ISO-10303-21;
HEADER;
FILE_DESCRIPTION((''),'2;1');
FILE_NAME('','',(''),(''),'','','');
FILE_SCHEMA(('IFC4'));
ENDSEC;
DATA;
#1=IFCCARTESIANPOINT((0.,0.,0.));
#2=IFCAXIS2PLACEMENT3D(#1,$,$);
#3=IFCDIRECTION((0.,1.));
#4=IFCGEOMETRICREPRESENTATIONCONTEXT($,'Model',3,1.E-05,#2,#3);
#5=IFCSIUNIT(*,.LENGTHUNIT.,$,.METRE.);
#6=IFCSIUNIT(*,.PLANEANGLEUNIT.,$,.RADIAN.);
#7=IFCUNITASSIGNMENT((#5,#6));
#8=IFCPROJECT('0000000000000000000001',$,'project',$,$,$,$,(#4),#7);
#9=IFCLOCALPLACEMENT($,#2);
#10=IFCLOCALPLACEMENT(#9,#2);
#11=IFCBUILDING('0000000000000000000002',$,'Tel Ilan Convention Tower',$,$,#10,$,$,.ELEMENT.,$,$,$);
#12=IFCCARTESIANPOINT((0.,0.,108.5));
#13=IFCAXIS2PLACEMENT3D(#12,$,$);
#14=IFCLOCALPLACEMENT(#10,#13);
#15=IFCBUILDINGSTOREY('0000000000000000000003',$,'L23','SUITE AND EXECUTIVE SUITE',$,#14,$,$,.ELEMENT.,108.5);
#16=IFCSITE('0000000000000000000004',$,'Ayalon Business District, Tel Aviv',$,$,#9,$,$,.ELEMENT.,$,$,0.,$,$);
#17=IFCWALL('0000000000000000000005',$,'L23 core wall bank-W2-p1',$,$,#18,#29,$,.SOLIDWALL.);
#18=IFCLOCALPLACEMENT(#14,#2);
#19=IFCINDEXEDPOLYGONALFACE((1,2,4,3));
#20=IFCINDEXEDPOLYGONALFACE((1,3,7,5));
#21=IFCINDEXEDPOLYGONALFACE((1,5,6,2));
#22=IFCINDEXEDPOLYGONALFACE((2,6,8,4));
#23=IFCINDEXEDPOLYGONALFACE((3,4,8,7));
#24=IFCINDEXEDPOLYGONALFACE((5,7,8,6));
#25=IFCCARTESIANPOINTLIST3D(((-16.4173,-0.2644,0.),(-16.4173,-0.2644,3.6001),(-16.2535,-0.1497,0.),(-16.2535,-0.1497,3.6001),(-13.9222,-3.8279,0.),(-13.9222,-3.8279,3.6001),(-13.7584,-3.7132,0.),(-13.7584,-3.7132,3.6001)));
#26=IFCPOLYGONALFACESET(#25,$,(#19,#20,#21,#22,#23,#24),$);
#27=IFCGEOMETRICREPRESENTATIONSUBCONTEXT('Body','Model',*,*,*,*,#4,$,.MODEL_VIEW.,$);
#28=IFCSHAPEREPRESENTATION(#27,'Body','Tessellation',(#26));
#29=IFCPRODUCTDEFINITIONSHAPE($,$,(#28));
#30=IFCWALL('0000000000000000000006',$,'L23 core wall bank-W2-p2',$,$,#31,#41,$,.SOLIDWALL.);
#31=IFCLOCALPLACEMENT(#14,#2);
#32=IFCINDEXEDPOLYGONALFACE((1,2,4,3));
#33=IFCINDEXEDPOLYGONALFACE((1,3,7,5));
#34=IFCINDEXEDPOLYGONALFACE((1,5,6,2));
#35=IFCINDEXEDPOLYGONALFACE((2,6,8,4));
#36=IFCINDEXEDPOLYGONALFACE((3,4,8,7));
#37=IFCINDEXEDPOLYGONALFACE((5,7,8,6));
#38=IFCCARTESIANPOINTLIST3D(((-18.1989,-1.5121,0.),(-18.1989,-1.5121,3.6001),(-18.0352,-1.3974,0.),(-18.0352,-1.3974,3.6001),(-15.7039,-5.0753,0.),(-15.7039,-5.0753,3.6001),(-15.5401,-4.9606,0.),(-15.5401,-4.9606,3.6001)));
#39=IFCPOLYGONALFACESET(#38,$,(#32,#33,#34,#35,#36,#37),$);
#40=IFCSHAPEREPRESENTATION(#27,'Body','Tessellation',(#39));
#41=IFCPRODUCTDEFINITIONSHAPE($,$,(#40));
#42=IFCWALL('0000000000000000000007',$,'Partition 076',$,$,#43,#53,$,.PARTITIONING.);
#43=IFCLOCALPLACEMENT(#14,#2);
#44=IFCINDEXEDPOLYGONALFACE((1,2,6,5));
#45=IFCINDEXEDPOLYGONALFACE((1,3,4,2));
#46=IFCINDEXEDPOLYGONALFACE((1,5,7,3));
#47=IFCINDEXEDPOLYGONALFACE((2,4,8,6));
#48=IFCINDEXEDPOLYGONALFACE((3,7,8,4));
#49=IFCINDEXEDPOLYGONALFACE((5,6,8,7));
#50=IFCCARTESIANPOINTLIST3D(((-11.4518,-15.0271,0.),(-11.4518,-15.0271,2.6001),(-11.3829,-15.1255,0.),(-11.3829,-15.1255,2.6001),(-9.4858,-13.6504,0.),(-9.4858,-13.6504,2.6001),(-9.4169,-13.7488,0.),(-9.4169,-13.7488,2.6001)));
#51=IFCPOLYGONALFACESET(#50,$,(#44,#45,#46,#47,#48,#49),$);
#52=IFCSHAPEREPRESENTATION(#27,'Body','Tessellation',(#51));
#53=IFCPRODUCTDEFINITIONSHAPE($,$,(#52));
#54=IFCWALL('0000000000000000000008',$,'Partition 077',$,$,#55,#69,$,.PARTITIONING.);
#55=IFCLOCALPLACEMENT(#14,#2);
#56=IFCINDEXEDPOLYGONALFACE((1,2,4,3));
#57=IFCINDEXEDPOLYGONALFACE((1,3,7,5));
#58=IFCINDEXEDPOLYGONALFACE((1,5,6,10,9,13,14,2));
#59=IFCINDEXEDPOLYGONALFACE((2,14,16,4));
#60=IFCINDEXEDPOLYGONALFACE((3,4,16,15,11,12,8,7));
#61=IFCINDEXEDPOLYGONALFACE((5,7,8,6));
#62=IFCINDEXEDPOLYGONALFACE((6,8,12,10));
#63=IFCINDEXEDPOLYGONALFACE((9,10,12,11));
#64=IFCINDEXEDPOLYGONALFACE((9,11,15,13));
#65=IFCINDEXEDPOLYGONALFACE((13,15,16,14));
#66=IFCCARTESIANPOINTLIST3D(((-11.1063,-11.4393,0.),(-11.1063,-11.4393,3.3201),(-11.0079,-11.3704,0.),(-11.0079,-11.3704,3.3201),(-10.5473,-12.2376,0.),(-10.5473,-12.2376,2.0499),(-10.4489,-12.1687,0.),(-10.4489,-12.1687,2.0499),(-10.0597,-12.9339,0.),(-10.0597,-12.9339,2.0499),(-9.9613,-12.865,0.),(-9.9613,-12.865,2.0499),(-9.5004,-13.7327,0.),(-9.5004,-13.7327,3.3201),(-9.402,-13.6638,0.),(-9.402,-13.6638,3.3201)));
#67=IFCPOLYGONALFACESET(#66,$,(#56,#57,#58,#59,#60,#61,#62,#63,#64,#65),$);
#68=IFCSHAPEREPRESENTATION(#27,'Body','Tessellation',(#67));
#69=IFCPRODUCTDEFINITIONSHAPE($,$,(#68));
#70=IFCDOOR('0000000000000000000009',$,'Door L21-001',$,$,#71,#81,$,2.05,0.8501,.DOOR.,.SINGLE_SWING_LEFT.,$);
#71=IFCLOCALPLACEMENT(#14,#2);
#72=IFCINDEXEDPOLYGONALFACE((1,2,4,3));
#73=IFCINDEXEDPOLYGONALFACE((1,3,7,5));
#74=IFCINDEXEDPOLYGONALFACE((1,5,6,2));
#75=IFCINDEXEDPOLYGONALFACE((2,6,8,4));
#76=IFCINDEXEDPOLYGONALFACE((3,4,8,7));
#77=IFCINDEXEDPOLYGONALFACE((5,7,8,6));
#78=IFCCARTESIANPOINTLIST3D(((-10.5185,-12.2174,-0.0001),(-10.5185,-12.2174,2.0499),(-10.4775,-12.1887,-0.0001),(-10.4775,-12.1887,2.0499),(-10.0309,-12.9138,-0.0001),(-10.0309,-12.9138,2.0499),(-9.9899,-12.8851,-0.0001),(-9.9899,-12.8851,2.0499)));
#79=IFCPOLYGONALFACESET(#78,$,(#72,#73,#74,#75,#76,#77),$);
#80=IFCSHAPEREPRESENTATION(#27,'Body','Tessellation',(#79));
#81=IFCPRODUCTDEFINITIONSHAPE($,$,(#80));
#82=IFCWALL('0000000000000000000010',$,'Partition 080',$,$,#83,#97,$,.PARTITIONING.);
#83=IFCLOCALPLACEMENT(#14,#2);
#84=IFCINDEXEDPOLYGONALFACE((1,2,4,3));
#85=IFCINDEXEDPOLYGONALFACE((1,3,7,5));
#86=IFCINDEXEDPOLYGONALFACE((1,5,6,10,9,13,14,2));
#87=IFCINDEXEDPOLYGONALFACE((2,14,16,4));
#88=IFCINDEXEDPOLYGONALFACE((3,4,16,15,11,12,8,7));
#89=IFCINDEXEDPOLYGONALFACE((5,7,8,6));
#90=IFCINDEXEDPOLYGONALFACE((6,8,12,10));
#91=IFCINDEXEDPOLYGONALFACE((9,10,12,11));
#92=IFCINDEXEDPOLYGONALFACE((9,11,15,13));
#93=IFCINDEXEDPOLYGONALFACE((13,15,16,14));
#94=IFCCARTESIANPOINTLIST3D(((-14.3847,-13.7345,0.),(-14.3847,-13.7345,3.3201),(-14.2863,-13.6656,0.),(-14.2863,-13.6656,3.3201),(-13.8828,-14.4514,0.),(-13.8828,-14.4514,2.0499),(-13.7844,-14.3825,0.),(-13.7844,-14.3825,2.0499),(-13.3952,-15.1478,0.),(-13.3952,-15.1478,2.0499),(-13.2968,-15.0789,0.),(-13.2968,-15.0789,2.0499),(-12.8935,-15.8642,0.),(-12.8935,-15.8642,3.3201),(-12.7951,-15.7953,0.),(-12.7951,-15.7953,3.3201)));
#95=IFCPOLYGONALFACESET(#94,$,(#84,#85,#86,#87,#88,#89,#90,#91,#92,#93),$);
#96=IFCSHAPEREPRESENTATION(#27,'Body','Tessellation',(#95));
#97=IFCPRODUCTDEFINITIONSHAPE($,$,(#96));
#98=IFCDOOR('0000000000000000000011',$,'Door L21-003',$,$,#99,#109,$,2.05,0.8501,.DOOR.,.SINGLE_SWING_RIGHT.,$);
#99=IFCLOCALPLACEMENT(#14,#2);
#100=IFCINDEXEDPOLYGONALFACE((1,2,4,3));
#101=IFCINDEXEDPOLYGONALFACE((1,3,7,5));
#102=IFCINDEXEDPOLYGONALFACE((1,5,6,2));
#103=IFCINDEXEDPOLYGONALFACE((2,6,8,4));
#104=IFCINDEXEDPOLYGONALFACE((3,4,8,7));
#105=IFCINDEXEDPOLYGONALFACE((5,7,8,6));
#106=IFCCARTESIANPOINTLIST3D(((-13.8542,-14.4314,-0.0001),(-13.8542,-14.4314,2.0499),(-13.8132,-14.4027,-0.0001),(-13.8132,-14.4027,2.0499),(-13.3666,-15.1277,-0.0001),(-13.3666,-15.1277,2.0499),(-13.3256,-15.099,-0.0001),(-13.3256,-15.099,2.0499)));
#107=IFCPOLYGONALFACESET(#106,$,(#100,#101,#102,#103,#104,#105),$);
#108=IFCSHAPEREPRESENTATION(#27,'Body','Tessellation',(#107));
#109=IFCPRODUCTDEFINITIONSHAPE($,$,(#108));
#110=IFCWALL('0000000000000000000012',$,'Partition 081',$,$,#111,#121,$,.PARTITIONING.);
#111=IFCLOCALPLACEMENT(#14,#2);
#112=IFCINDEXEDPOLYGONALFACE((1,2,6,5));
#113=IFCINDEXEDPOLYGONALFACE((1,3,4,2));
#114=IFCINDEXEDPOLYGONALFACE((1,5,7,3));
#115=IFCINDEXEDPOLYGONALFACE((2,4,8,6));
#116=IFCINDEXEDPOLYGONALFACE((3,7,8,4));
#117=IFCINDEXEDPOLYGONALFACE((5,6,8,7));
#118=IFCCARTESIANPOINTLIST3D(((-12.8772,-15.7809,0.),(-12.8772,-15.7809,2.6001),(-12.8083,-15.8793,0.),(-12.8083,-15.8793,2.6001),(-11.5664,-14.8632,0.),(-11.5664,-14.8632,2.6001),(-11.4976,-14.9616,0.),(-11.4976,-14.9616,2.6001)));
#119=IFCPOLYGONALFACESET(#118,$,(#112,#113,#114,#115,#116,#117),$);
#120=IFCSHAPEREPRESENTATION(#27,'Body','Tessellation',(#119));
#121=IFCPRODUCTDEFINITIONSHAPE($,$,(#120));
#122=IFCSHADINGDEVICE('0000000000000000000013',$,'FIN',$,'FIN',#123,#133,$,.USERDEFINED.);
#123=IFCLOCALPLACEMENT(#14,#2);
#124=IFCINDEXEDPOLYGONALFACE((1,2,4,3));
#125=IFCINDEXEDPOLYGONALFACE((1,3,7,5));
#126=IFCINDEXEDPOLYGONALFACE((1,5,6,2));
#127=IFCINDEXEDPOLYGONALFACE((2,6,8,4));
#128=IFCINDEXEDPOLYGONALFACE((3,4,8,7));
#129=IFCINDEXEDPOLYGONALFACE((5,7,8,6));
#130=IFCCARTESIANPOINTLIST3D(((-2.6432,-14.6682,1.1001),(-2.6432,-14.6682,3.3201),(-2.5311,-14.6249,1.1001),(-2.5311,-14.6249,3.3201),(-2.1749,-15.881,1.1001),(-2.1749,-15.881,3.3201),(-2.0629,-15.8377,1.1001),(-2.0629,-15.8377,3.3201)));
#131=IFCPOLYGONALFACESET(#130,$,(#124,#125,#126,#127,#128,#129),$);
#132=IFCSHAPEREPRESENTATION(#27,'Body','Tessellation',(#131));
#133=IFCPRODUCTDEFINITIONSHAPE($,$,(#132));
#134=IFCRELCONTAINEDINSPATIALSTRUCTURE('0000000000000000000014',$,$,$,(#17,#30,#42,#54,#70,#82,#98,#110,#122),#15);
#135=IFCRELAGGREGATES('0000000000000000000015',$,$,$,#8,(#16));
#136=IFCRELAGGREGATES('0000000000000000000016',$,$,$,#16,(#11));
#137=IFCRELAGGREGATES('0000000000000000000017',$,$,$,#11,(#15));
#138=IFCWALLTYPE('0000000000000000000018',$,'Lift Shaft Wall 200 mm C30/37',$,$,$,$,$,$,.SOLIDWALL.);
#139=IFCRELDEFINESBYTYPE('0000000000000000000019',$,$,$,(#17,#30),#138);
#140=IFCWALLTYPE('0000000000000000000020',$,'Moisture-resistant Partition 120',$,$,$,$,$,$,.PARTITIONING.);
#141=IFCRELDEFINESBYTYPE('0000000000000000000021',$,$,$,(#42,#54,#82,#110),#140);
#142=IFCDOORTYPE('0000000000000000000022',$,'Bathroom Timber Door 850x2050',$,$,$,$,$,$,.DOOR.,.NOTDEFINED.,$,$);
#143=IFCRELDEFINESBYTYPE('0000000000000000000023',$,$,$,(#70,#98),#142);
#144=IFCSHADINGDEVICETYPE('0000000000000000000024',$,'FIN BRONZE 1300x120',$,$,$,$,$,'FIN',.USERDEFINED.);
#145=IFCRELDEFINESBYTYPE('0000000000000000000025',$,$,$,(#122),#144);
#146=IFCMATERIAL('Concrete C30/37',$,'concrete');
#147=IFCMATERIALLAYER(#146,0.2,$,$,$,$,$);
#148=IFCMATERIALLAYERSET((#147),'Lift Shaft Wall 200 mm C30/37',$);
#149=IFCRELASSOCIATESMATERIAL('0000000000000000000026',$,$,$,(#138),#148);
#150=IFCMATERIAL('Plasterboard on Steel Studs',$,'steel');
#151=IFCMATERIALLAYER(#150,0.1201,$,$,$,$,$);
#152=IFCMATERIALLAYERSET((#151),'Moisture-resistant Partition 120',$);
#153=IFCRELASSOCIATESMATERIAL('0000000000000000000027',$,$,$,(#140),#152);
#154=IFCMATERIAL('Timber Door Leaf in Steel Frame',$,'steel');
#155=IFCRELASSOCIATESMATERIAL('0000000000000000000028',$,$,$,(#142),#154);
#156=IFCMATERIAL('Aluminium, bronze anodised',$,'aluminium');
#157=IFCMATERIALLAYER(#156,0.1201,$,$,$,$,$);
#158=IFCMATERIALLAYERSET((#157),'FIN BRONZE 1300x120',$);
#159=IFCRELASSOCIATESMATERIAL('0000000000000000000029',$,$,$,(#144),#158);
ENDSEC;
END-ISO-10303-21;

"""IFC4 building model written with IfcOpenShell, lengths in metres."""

from ifc_helpers import new_model, si_unit, direction, frame, frame_2d, origin, origin_2d, place, context, subcontext, project, spatial, rectangle, extrude, material, layer, layer_set, type_object, element, fill, save


model = new_model("IFC4")

# Units and contexts
model_context = context("Model", 3, precision=1e-05, world=origin(), true_north=direction((0.0, 1.0)))
body_context = subcontext(model_context, "Body", "Model", "MODEL_VIEW")
ifc_project = project(units=[si_unit("LENGTHUNIT", "METRE"), si_unit("PLANEANGLEUNIT", "RADIAN")], contexts=[model_context])

# Site, building, storey
site_placement = place(None, origin())
site = spatial("IfcSite", under=ifc_project, at=site_placement, Name="Ayalon Business District, Tel Aviv", CompositionType="ELEMENT", RefElevation=0.0)
building_placement = place(site_placement, origin())
building = spatial("IfcBuilding", under=site, at=building_placement, Name="Tel Ilan Convention Tower", CompositionType="ELEMENT")
storey_placement = place(building_placement, frame((0.0, 0.0, 108.5)))
storey = spatial("IfcBuildingStorey", under=building, at=storey_placement, Name="L23", Description="SUITE AND EXECUTIVE SUITE", CompositionType="ELEMENT", Elevation=108.5)

# Walls
ifc_material_1 = material(Name="Concrete C30/37", Category="concrete")
ifc_layer_1 = layer(ifc_material_1, 0.2)
ifc_layer_set_1 = layer_set([ifc_layer_1], Name="Lift Shaft Wall 200 mm C30/37")
wall_type_1 = type_object("IfcWallType", Name="Lift Shaft Wall 200 mm C30/37", PredefinedType="SOLIDWALL", material=ifc_layer_set_1)
wall_1_placement = place(storey_placement, frame((-13.8403, -3.7705, 0.0), z_axis=(0.0, 0.0, 1.0), x_axis=(-0.573568, 0.819158, 0.0)))
element("IfcWall", 1, at=wall_1_placement, inside=storey, type_object=wall_type_1, Name="L23 core wall bank-W2-p1", PredefinedType="SOLIDWALL", context=body_context, shape_type="SweptSolid", body=[
    extrude(rectangle(XDim=4.3501, YDim=0.2, at=frame_2d((2.175, 0.0))), origin(), (0.0, 0.0, 1.0), 3.6001),
])
wall_2_placement = place(storey_placement, frame((-15.6221, -5.0178, 0.0), z_axis=(0.0, 0.0, 1.0), x_axis=(-0.573594, 0.81914, 0.0)))
element("IfcWall", 2, at=wall_2_placement, inside=storey, type_object=wall_type_1, Name="L23 core wall bank-W2-p2", PredefinedType="SOLIDWALL", context=body_context, shape_type="SweptSolid", body=[
    extrude(rectangle(XDim=4.3499, YDim=0.2, at=frame_2d((2.1748, 0.0))), origin(), (0.0, 0.0, 1.0), 3.6001),
])
ifc_material_2 = material(Name="Plasterboard on Steel Studs", Category="steel")
ifc_layer_2 = layer(ifc_material_2, 0.1201)
ifc_layer_set_2 = layer_set([ifc_layer_2], Name="Moisture-resistant Partition 120")
wall_type_2 = type_object("IfcWallType", Name="Moisture-resistant Partition 120", PredefinedType="PARTITIONING", material=ifc_layer_set_2)
wall_3_placement = place(storey_placement, frame((-11.4175, -15.0764, 0.0), z_axis=(0.0, 0.0, 1.0), x_axis=(0.819141, 0.573592, 0.0)))
element("IfcWall", 3, at=wall_3_placement, inside=storey, type_object=wall_type_2, Name="Partition 076", PredefinedType="PARTITIONING", context=body_context, shape_type="SweptSolid", body=[
    extrude(rectangle(XDim=2.4001, YDim=0.1201, at=frame_2d((1.2002, 0.0))), origin(), (0.0, 0.0, 1.0), 2.6001),
])

# Walls, openings, doors
wall_4_placement = place(storey_placement, frame((-9.4512, -13.6982, 0.0), z_axis=(0.0, 0.0, 1.0), x_axis=(-0.573591, 0.819142, 0.0)))
wall_4 = element("IfcWall", 4, at=wall_4_placement, inside=storey, type_object=wall_type_2, Name="Partition 077", PredefinedType="PARTITIONING", context=body_context, shape_type="SweptSolid", body=[
    extrude(rectangle(XDim=2.7998, YDim=0.1201, at=frame_2d((1.3999, 0.0))), origin(), (0.0, 0.0, 1.0), 3.3201),
])
opening_1_placement = place(wall_4_placement, frame((0.9751, 0.0, 0.0)))
opening_1 = element("IfcOpeningElement", 5, at=opening_1_placement, cuts=wall_4, PredefinedType="OPENING", context=body_context, shape_type="SweptSolid", body=[
    extrude(rectangle(XDim=0.8501, YDim=2.05, at=frame_2d((0.425, 1.0249))), frame((0.0, 0.0701, 0.0), z_axis=(0.0, -1.0, 0.0), x_axis=(1.0, 0.0, 0.0)), (0.0, 0.0, 1.0), 0.1401),
])
ifc_material_3 = material(Name="Timber Door Leaf in Steel Frame", Category="steel")
door_type_1 = type_object("IfcDoorType", Name="Bathroom Timber Door 850x2050", OperationType="NOTDEFINED", PredefinedType="DOOR", material=ifc_material_3)
door_1_placement = place(opening_1_placement, origin())
door_1 = element("IfcDoor", 6, at=door_1_placement, inside=storey, type_object=door_type_1, Name="Door L21-001", OperationType="SINGLE_SWING_LEFT", OverallHeight=2.05, OverallWidth=0.8501, PredefinedType="DOOR", context=body_context, shape_type="SweptSolid", body=[
    extrude(rectangle(XDim=0.8501, YDim=2.05, at=frame_2d((0.425, 1.0249))), frame((0.0, 0.0249, 0.0), z_axis=(0.0, -1.0, 0.0), x_axis=(1.0, 0.0, 0.0)), (0.0, 0.0, 1.0), 0.05),
])
fill(opening_1, door_1)
wall_5_placement = place(storey_placement, frame((-14.3354, -13.7002, 0.0), z_axis=(0.0, 0.0, 1.0), x_axis=(0.573582, -0.819148, 0.0)))
wall_5 = element("IfcWall", 7, at=wall_5_placement, inside=storey, type_object=wall_type_2, Name="Partition 080", PredefinedType="PARTITIONING", context=body_context, shape_type="SweptSolid", body=[
    extrude(rectangle(XDim=2.5999, YDim=0.1201, at=frame_2d((1.2998, 0.0))), origin(), (0.0, 0.0, 1.0), 3.3201),
])
opening_2_placement = place(wall_5_placement, frame((0.875, 0.0, 0.0)))
opening_2 = element("IfcOpeningElement", 8, at=opening_2_placement, cuts=wall_5, PredefinedType="OPENING", context=body_context, shape_type="SweptSolid", body=[
    extrude(rectangle(XDim=0.8501, YDim=2.05, at=frame_2d((0.425, 1.0249))), frame((0.0, 0.0701, 0.0), z_axis=(0.0, -1.0, 0.0), x_axis=(1.0, 0.0, 0.0)), (0.0, 0.0, 1.0), 0.1401),
])
door_2_placement = place(opening_2_placement, origin())
door_2 = element("IfcDoor", 9, at=door_2_placement, inside=storey, type_object=door_type_1, Name="Door L21-003", OperationType="SINGLE_SWING_RIGHT", OverallHeight=2.05, OverallWidth=0.8501, PredefinedType="DOOR", context=body_context, shape_type="SweptSolid", body=[
    extrude(rectangle(XDim=0.8501, YDim=2.05, at=frame_2d((0.425, 1.0249))), frame((0.0, 0.0249, 0.0), z_axis=(0.0, -1.0, 0.0), x_axis=(1.0, 0.0, 0.0)), (0.0, 0.0, 1.0), 0.05),
])
fill(opening_2, door_2)

# Wall
wall_6_placement = place(storey_placement, frame((-12.8428, -15.8301, 0.0), z_axis=(0.0, 0.0, 1.0), x_axis=(0.819182, 0.573534, 0.0)))
element("IfcWall", 10, at=wall_6_placement, inside=storey, type_object=wall_type_2, Name="Partition 081", PredefinedType="PARTITIONING", context=body_context, shape_type="SweptSolid", body=[
    extrude(rectangle(XDim=1.6001, YDim=0.1201, at=frame_2d((0.8, 0.0))), origin(), (0.0, 0.0, 1.0), 2.6001),
])

# Shading device
ifc_material_4 = material(Name="Aluminium, bronze anodised", Category="aluminium")
ifc_layer_3 = layer(ifc_material_4, 0.1201)
ifc_layer_set_3 = layer_set([ifc_layer_3], Name="FIN BRONZE 1300x120")
shading_device_type = type_object("IfcShadingDeviceType", Name="FIN BRONZE 1300x120", ElementType="FIN", PredefinedType="USERDEFINED", material=ifc_layer_set_3)
shading_device_placement = place(storey_placement, frame((-2.353, -15.2529, 1.1001), z_axis=(0.0, 0.0, 1.0), x_axis=(0.360178, -0.932884, 0.0)))
element("IfcShadingDevice", 11, at=shading_device_placement, inside=storey, type_object=shading_device_type, Name="FIN", ObjectType="FIN", PredefinedType="USERDEFINED", context=body_context, shape_type="SweptSolid", body=[
    extrude(rectangle(XDim=1.3, YDim=0.1201, at=origin_2d()), origin(), (0.0, 0.0, 1.0), 2.22),
])

save(model, "model.ifc")
